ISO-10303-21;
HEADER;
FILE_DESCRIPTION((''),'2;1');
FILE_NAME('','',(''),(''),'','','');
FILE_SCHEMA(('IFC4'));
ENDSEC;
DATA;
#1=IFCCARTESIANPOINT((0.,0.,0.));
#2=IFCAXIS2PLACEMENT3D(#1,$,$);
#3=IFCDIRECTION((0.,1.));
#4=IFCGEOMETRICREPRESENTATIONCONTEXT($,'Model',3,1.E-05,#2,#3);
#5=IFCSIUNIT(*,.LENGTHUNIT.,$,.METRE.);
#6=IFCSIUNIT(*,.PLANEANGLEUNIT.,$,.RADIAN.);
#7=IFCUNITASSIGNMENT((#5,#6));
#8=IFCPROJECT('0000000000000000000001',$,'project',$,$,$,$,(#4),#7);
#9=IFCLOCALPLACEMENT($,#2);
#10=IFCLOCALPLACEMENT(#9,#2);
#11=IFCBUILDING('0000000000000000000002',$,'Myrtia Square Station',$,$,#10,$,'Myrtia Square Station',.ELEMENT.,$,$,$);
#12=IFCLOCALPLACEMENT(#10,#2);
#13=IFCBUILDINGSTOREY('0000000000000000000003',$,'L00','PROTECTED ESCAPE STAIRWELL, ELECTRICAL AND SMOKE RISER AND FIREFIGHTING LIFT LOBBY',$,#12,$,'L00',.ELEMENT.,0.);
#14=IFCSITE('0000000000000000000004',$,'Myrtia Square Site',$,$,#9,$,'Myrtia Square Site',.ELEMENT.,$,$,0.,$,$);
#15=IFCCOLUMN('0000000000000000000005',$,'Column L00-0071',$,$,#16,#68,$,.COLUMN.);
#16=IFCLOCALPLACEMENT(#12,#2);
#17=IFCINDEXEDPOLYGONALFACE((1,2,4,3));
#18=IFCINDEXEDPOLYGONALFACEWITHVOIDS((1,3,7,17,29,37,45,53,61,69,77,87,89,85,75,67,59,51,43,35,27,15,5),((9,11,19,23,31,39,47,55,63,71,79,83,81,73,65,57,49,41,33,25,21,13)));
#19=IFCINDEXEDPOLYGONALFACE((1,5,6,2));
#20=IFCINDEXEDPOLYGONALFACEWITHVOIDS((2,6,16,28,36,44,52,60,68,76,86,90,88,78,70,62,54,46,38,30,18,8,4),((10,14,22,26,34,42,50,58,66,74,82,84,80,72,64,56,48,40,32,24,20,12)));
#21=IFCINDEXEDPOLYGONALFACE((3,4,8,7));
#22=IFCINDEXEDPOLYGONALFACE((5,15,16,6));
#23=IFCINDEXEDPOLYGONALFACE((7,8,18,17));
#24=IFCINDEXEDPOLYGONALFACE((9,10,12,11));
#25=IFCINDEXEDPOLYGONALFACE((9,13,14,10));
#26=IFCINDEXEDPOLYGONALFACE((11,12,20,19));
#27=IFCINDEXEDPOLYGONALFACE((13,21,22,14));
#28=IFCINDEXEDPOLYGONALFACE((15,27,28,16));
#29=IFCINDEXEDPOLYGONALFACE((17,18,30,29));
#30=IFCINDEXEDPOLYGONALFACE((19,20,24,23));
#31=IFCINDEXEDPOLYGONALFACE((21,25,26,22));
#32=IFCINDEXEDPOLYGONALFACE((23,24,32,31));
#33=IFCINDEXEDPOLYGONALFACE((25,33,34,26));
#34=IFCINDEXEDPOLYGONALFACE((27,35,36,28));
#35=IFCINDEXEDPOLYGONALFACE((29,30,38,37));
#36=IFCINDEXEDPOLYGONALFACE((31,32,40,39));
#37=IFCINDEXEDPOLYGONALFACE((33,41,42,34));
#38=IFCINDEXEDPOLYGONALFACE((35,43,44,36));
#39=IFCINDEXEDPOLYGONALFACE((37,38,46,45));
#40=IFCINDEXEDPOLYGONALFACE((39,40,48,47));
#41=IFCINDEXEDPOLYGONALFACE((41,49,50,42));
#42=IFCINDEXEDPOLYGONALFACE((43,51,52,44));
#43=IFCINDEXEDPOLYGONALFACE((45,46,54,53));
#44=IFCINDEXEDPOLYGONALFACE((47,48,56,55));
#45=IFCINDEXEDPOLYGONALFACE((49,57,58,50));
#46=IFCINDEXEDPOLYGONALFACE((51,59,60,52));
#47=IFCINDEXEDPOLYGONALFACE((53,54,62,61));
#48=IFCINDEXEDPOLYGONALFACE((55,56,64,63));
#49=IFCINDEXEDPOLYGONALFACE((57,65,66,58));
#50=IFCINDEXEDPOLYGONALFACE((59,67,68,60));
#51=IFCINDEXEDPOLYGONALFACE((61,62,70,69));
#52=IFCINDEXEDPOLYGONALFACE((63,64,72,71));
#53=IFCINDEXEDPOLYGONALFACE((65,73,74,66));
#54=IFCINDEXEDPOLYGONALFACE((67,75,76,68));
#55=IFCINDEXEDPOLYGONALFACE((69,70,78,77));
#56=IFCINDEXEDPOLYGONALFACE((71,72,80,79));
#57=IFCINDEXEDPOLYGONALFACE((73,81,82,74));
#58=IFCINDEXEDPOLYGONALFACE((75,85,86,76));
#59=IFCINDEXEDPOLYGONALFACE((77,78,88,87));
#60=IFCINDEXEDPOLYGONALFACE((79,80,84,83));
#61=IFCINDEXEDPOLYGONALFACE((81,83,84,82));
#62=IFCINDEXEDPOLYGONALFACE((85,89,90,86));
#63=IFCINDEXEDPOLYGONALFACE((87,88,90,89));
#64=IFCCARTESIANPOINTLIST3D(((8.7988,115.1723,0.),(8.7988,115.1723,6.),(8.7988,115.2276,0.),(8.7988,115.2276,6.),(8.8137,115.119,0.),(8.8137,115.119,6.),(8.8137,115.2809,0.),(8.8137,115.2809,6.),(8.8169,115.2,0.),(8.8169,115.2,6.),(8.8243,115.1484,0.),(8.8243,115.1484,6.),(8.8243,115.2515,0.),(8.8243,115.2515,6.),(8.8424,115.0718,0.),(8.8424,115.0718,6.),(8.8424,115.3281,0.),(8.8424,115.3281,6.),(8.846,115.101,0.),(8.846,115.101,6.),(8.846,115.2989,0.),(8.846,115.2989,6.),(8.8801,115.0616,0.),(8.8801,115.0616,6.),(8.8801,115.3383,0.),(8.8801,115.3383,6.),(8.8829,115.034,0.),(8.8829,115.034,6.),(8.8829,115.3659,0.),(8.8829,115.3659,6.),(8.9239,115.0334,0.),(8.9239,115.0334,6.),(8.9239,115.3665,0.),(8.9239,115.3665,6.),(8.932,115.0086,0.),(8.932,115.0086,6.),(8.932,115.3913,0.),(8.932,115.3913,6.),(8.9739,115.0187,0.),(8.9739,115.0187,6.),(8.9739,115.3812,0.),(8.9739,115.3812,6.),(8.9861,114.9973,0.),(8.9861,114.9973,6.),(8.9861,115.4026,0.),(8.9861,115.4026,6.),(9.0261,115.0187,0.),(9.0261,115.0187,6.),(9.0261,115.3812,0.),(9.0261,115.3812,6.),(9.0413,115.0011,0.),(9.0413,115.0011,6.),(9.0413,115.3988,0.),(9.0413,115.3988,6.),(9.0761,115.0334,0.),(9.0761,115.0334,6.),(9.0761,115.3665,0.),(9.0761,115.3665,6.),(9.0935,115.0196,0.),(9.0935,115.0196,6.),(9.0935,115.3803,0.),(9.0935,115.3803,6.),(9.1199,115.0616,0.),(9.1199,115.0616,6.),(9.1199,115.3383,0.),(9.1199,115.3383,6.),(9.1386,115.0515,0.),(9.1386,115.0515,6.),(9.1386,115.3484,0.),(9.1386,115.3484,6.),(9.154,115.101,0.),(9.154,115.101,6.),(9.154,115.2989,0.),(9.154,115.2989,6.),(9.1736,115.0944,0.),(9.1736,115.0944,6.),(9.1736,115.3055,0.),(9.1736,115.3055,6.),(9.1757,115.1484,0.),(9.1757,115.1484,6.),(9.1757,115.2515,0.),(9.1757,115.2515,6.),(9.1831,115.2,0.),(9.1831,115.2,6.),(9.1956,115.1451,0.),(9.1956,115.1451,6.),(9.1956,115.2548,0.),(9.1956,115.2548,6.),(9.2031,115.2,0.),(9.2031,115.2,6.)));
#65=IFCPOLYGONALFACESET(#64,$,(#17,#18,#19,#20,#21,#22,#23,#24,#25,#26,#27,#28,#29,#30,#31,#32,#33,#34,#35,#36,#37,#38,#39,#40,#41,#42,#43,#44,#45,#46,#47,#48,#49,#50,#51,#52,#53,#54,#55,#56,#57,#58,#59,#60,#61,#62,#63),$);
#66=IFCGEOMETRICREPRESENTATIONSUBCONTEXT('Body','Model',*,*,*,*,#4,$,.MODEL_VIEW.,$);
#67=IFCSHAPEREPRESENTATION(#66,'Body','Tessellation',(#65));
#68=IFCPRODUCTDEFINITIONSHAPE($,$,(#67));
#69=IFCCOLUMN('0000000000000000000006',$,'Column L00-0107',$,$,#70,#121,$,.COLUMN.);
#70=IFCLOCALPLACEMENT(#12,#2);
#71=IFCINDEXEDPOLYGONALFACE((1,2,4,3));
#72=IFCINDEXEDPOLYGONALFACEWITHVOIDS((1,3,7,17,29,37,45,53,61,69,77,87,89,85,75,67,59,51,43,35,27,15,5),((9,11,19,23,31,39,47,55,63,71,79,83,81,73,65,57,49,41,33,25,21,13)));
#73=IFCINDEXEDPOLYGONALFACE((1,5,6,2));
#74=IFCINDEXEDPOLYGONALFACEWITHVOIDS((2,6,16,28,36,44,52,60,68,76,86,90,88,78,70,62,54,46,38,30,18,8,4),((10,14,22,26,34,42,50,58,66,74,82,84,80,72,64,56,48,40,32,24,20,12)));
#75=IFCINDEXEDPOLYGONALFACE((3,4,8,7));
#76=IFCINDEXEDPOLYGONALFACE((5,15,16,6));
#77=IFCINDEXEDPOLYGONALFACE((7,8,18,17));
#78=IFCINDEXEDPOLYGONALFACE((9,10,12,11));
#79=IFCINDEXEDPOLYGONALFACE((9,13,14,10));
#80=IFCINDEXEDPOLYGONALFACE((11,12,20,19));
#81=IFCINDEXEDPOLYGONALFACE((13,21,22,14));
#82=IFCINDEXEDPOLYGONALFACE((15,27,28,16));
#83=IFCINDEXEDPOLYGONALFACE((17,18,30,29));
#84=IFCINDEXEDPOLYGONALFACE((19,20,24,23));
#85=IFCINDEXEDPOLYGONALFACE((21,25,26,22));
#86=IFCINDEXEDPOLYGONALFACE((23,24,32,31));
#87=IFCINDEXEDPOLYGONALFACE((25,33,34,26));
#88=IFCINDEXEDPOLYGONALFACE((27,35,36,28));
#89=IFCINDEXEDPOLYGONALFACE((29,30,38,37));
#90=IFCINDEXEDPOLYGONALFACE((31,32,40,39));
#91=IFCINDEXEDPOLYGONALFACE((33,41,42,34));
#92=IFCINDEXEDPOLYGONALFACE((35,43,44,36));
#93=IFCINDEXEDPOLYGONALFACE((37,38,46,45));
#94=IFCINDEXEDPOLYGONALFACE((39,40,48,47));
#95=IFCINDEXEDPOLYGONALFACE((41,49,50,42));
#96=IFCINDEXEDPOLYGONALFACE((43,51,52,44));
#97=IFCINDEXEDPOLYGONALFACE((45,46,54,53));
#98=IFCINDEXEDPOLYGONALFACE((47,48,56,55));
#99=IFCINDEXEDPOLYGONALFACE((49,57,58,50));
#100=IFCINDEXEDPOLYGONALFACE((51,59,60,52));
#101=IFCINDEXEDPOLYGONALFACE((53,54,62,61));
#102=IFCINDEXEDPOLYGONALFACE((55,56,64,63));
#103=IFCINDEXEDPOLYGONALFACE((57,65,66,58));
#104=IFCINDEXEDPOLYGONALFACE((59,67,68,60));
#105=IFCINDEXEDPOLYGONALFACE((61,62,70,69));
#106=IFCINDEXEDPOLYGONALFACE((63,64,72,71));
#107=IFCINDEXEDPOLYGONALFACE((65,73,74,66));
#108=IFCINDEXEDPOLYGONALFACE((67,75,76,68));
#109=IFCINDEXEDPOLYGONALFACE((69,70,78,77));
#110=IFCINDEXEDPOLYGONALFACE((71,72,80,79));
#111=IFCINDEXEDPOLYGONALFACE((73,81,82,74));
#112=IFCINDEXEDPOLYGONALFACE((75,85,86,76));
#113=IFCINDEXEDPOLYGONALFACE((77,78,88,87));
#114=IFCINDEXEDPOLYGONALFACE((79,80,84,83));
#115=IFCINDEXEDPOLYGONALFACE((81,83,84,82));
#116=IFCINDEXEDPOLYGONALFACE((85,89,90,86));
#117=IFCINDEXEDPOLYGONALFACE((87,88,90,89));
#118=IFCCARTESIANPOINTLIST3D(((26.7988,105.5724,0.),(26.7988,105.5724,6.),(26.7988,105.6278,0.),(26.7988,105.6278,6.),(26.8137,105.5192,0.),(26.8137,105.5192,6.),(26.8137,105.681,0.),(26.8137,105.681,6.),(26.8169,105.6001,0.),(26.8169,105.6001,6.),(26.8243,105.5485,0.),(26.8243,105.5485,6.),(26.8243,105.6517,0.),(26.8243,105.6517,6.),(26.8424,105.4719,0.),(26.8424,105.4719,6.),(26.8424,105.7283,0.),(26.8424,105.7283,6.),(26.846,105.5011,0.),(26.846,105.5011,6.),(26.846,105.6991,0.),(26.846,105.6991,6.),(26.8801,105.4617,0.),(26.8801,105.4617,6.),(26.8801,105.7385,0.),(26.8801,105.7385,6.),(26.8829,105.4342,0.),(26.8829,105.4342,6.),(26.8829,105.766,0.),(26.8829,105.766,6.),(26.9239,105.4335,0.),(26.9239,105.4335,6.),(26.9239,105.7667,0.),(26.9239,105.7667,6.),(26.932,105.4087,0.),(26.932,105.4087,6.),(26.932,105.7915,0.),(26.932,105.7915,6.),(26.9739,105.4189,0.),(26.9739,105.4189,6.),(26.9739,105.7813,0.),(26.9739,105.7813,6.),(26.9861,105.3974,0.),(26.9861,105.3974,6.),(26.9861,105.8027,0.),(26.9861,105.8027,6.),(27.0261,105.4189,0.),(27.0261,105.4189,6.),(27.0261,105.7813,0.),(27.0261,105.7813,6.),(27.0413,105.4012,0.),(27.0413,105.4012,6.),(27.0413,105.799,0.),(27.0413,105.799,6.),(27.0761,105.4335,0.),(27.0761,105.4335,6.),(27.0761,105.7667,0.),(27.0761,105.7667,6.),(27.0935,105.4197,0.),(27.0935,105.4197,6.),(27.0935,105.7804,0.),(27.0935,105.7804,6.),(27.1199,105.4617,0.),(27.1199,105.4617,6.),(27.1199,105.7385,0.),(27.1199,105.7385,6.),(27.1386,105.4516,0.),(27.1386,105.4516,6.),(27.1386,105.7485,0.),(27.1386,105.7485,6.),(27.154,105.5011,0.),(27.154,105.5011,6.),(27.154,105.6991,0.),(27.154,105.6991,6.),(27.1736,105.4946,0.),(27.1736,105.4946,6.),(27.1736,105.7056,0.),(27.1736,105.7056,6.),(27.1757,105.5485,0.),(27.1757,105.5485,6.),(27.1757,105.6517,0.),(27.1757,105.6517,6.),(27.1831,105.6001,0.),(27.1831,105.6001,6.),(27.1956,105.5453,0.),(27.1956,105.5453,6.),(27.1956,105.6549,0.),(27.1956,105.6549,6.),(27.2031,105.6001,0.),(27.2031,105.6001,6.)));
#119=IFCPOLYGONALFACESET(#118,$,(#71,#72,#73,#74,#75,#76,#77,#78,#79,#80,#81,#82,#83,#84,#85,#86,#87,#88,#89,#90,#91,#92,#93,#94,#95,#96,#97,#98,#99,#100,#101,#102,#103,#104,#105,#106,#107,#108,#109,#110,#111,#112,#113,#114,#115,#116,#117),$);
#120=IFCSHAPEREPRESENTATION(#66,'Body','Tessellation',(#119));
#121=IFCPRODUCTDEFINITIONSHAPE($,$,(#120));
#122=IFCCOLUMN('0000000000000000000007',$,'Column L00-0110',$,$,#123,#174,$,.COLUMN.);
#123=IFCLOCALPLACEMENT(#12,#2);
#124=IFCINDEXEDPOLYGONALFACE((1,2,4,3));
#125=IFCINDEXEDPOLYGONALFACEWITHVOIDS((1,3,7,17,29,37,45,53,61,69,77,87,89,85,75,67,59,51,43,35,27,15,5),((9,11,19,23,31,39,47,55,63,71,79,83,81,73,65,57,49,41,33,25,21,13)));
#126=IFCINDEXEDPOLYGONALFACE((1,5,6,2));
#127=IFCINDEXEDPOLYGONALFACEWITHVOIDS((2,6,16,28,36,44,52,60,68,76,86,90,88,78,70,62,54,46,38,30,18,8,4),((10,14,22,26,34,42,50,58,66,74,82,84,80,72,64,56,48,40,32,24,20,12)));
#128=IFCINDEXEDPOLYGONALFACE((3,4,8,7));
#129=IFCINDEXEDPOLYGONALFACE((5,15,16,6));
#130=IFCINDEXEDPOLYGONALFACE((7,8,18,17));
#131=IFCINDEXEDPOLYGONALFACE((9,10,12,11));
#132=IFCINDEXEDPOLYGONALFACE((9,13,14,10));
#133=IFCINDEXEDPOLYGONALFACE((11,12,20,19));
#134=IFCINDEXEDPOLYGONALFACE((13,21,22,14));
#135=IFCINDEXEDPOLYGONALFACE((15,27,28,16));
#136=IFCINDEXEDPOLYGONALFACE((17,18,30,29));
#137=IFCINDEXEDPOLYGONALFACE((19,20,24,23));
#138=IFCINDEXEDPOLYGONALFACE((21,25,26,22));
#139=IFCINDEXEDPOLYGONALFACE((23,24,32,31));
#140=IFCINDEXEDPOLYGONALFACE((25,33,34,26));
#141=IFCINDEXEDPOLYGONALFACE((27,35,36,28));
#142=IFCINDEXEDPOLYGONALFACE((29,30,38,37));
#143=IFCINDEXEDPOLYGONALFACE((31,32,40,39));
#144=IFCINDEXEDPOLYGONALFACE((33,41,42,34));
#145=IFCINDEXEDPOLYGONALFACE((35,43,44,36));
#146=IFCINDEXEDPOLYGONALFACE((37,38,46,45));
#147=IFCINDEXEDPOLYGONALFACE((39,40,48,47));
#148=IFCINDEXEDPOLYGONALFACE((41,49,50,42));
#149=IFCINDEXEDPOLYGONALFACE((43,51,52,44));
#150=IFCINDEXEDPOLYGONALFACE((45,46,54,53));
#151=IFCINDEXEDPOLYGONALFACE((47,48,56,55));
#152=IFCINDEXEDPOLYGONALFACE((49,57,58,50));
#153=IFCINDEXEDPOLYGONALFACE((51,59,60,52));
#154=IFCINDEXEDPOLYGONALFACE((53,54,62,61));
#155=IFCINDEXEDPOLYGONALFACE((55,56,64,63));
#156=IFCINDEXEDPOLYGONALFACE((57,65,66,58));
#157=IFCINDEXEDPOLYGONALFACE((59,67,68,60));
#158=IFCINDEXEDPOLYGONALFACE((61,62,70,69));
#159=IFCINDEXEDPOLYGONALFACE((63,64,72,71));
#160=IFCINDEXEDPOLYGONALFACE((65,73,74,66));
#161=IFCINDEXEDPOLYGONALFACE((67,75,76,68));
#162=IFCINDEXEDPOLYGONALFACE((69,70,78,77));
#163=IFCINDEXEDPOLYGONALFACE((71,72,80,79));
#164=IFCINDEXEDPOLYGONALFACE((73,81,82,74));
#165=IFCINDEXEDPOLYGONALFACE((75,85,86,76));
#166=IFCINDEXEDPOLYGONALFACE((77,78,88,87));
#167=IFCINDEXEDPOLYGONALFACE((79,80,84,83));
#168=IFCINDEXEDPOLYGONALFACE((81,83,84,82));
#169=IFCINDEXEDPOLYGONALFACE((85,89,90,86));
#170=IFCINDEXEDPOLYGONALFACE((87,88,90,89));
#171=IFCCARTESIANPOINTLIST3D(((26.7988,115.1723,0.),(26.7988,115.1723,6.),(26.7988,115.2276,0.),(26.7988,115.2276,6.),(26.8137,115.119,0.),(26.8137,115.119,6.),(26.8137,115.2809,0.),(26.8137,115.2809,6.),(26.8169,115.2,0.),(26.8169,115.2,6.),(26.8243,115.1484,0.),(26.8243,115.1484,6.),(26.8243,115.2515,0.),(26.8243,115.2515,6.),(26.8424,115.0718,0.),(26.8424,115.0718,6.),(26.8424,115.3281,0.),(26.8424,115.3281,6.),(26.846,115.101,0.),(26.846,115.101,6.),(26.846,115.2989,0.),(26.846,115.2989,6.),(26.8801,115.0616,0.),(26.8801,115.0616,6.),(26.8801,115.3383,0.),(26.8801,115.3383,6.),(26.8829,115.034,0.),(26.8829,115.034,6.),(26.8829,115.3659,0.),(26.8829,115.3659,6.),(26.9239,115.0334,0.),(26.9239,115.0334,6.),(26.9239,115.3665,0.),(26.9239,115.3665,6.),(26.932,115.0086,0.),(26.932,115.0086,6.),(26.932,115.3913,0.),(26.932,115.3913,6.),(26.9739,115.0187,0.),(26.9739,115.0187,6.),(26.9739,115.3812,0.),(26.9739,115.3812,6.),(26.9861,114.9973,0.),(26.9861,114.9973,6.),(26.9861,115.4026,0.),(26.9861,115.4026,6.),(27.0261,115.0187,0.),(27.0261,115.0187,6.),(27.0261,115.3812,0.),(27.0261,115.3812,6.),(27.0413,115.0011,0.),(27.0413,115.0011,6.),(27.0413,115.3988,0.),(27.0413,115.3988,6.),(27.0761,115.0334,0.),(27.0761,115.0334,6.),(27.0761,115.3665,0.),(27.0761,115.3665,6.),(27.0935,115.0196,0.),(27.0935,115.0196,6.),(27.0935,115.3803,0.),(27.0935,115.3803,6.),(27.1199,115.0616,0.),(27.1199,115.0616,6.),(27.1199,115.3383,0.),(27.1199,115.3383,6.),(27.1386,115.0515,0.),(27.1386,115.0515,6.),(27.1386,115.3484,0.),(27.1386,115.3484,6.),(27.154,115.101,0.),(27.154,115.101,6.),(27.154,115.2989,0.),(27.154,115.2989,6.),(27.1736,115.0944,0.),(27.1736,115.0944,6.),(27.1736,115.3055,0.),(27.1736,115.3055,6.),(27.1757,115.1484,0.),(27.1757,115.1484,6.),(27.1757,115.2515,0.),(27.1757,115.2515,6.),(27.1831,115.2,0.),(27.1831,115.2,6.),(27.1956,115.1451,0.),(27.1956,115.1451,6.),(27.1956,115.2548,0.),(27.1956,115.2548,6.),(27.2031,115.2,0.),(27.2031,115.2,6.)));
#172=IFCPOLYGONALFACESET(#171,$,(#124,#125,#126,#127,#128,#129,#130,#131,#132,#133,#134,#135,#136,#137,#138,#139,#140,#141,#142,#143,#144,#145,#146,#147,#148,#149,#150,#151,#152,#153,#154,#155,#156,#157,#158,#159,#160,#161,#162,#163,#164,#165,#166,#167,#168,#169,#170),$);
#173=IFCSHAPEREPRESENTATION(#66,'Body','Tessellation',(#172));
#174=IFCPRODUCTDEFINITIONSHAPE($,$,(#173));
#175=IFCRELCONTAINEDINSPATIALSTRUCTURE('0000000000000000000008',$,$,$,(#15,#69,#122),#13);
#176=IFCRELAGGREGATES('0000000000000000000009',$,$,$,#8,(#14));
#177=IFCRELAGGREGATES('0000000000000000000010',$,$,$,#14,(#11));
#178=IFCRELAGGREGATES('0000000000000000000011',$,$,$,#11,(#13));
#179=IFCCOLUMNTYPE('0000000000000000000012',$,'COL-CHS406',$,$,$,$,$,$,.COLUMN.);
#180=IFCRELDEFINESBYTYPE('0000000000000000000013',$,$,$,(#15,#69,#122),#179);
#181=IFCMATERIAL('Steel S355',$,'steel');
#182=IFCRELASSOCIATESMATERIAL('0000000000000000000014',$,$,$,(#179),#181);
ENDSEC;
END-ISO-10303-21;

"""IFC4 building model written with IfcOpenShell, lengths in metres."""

from ifc_helpers import new_model, si_unit, direction, frame, origin, origin_2d, place, context, subcontext, project, spatial, hollow_circle, extrude, material, material_profile, profile_set, type_object, element, save


model = new_model("IFC4")

# Units and contexts
model_context = context("Model", 3, precision=1e-05, world=origin(), true_north=direction((0.0, 1.0)))
body_context = subcontext(model_context, "Body", "Model", "MODEL_VIEW")
ifc_project = project(units=[si_unit("LENGTHUNIT", "METRE"), si_unit("PLANEANGLEUNIT", "RADIAN")], contexts=[model_context])

# Site, building, storey
site_placement = place(None, origin())
site = spatial("IfcSite", under=ifc_project, at=site_placement, Name="Myrtia Square Site", LongName="Myrtia Square Site", CompositionType="ELEMENT", RefElevation=0.0)
building_placement = place(site_placement, origin())
building = spatial("IfcBuilding", under=site, at=building_placement, Name="Myrtia Square Station", LongName="Myrtia Square Station", CompositionType="ELEMENT")
storey_placement = place(building_placement, origin())
storey = spatial("IfcBuildingStorey", under=building, at=storey_placement, Name="L00", Description="PROTECTED ESCAPE STAIRWELL, ELECTRICAL AND SMOKE RISER AND FIREFIGHTING LIFT LOBBY", LongName="L00", CompositionType="ELEMENT", Elevation=0.0)

# Columns
ifc_material_1 = material(Name="Steel S355", Category="steel")
ifc_material_profile_1 = material_profile(ifc_material_1, hollow_circle(Radius=0.2031, WallThickness=0.02, at=origin_2d()), Name="CHS 406.4x20")
ifc_profile_set_1 = profile_set([ifc_material_profile_1], Name="Steel S355")
column_type = type_object("IfcColumnType", Name="COL-CHS406", PredefinedType="COLUMN", material=ifc_profile_set_1)
for number, where, z_axis, x_axis, name in (
    (1, (9.0, 115.2, 0.0), (0.0, 0.0, 1.0), (1.0, 0.0, 0.0), "Column L00-0071"),
    (2, (27.0, 105.6001, 0.0), (0.0, 0.0, 1.0), (1.0, 0.0, 0.0), "Column L00-0107"),
    (3, (27.0, 115.2, 0.0), (0.0, 0.0, 1.0), (1.0, 0.0, 0.0), "Column L00-0110"),
):
    element("IfcColumn", number, at=place(storey_placement, frame(where, z_axis=z_axis, x_axis=x_axis)), inside=storey, type_object=column_type, Name=name, PredefinedType="COLUMN", context=body_context, shape_type="SweptSolid", body=[
        extrude(hollow_circle(Radius=0.2031, WallThickness=0.02, at=origin_2d()), origin(), (0.0, 0.0, 1.0), 6.0),
    ])

save(model, "model.ifc")
